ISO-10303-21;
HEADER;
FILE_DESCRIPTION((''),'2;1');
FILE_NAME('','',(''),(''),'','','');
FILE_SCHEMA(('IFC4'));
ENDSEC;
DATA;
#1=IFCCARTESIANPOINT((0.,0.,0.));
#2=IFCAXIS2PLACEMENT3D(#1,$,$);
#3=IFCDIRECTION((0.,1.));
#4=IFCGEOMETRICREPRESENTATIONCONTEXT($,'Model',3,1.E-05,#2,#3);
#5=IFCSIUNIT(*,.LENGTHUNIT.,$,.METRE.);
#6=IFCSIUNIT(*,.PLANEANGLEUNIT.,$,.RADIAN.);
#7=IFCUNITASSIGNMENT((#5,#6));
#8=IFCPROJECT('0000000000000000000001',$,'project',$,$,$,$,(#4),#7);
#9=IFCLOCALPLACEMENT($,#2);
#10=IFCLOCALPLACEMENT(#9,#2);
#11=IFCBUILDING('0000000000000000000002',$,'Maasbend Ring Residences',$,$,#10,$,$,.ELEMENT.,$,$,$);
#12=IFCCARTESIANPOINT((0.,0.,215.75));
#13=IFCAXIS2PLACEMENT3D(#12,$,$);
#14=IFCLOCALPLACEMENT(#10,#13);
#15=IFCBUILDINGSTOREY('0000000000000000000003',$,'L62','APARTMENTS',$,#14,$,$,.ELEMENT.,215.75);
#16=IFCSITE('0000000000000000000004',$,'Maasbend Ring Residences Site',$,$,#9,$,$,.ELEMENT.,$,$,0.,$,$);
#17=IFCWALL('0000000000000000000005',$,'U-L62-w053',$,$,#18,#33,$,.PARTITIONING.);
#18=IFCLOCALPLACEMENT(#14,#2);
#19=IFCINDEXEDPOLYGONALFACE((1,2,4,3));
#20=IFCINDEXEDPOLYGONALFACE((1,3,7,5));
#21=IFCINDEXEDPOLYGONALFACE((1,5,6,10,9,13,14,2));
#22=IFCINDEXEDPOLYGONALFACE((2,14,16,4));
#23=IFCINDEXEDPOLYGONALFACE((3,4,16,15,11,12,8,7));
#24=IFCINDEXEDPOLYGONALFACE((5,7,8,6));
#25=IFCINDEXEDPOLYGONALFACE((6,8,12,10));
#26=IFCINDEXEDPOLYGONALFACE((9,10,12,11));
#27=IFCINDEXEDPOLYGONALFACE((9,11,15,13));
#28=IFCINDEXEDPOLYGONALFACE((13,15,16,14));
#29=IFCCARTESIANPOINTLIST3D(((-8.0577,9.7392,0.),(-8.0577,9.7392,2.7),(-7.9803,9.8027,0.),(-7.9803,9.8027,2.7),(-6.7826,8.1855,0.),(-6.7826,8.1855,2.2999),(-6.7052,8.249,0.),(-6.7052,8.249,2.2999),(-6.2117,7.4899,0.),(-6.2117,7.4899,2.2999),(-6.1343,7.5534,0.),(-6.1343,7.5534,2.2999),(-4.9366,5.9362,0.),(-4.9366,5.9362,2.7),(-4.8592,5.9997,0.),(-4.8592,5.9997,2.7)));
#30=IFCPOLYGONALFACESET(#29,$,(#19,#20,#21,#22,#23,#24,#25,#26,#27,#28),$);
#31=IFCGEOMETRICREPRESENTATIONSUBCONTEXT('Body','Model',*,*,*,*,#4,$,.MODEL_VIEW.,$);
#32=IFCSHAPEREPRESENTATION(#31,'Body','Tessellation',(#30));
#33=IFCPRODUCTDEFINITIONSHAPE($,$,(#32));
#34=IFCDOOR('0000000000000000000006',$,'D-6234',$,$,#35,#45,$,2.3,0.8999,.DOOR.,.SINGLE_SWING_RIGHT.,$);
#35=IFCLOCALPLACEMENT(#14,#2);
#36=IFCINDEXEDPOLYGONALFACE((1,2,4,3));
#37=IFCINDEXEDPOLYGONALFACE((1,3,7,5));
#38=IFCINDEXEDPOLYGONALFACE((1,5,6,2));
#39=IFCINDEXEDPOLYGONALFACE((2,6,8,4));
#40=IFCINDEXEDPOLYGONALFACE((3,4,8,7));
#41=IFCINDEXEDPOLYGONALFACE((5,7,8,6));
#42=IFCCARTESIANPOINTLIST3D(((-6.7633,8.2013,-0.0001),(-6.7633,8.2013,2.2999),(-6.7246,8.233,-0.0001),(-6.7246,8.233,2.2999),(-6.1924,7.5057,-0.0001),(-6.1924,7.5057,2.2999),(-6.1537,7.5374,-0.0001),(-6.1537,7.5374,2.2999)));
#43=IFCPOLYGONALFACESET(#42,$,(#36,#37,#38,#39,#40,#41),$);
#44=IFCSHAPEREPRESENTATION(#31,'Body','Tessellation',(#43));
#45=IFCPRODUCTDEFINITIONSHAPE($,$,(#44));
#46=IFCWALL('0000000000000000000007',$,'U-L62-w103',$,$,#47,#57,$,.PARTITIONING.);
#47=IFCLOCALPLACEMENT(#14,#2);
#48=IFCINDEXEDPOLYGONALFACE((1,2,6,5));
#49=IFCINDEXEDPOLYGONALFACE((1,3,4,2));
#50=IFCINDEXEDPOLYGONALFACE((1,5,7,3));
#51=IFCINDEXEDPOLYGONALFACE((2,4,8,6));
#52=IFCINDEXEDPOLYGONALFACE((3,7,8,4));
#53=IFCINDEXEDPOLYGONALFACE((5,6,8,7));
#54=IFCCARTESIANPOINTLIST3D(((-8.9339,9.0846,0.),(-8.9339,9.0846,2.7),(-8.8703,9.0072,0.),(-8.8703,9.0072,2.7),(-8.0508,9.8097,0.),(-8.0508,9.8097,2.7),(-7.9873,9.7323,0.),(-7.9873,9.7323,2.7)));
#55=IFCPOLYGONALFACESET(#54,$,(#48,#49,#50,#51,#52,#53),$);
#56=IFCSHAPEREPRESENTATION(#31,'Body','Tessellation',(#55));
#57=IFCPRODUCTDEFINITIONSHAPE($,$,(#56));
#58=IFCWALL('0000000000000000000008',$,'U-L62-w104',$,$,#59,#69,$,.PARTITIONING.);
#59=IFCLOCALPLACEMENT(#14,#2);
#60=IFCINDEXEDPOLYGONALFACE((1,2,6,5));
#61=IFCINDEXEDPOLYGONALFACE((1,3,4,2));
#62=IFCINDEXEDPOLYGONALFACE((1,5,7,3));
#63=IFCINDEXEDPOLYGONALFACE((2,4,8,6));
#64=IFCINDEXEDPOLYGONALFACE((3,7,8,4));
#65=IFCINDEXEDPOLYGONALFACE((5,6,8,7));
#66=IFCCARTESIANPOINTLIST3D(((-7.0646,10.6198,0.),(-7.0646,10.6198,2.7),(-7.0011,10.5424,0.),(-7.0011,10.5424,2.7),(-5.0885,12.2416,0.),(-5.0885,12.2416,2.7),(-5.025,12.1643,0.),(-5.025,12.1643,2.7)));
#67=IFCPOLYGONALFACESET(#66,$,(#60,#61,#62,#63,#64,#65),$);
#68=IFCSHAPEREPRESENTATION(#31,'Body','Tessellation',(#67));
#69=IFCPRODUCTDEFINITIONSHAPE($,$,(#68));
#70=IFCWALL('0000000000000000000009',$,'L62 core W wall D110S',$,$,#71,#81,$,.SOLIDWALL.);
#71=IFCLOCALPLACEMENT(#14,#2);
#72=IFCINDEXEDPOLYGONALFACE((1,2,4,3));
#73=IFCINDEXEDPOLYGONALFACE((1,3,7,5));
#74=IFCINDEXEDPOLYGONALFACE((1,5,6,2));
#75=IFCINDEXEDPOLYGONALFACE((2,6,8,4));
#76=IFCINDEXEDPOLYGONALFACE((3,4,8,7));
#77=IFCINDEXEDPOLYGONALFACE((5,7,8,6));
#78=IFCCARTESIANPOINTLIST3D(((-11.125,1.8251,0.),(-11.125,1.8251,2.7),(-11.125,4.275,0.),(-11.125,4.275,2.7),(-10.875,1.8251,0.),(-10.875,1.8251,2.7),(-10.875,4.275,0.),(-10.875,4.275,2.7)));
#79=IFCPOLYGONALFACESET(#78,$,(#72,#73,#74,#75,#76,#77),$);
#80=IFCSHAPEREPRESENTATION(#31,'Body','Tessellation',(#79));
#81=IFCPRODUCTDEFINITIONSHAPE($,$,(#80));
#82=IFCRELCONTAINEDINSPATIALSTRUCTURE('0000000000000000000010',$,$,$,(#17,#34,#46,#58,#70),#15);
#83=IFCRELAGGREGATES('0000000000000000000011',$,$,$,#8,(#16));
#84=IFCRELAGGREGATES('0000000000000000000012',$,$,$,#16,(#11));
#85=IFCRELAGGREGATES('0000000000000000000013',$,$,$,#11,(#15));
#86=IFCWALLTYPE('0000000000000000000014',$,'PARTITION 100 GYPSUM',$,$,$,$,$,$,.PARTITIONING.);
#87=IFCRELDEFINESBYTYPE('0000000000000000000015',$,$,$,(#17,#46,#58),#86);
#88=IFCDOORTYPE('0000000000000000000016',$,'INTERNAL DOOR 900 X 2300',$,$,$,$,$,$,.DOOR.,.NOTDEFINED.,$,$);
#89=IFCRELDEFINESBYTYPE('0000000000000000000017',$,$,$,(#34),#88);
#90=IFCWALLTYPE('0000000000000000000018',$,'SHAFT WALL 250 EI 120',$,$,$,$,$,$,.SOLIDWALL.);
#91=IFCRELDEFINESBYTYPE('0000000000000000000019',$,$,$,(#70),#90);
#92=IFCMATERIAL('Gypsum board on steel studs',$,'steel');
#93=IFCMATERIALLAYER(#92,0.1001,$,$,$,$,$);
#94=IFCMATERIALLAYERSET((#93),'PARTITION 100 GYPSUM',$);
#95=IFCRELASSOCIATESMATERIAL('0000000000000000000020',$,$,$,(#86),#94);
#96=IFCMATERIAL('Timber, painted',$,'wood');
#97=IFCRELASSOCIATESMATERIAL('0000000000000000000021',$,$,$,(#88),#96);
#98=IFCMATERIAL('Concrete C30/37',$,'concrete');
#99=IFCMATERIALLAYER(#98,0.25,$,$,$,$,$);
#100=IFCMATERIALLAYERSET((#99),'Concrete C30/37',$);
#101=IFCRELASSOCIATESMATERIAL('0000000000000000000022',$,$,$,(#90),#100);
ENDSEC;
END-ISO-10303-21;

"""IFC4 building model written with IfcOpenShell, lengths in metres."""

from ifc_helpers import new_model, si_unit, direction, frame, frame_2d, origin, place, context, subcontext, project, spatial, rectangle, extrude, material, layer, layer_set, type_object, element, fill, save


model = new_model("IFC4")

# Units and contexts
model_context = context("Model", 3, precision=1e-05, world=origin(), true_north=direction((0.0, 1.0)))
body_context = subcontext(model_context, "Body", "Model", "MODEL_VIEW")
ifc_project = project(units=[si_unit("LENGTHUNIT", "METRE"), si_unit("PLANEANGLEUNIT", "RADIAN")], contexts=[model_context])

# Site, building, storey
site_placement = place(None, origin())
site = spatial("IfcSite", under=ifc_project, at=site_placement, Name="Maasbend Ring Residences Site", CompositionType="ELEMENT", RefElevation=0.0)
building_placement = place(site_placement, origin())
building = spatial("IfcBuilding", under=site, at=building_placement, Name="Maasbend Ring Residences", CompositionType="ELEMENT")
storey_placement = place(building_placement, frame((0.0, 0.0, 215.75)))
storey = spatial("IfcBuildingStorey", under=building, at=storey_placement, Name="L62", Description="APARTMENTS", CompositionType="ELEMENT", Elevation=215.75)

# Wall, opening, door
ifc_material_1 = material(Name="Gypsum board on steel studs", Category="steel")
ifc_layer_1 = layer(ifc_material_1, 0.1001)
ifc_layer_set_1 = layer_set([ifc_layer_1], Name="PARTITION 100 GYPSUM")
wall_type_1 = type_object("IfcWallType", Name="PARTITION 100 GYPSUM", PredefinedType="PARTITIONING", material=ifc_layer_set_1)
wall_1_placement = place(storey_placement, frame((-8.019, 9.771, 0.0), z_axis=(0.0, 0.0, 1.0), x_axis=(0.634402, -0.773003, 0.0)))
wall_1 = element("IfcWall", 1, at=wall_1_placement, inside=storey, type_object=wall_type_1, Name="U-L62-w053", PredefinedType="PARTITIONING", context=body_context, shape_type="SweptSolid", body=[
    extrude(rectangle(XDim=4.9197, YDim=0.1001, at=frame_2d((2.46, 0.0))), origin(), (0.0, 0.0, 1.0), 2.7),
])
opening_1_placement = place(wall_1_placement, frame((2.01, 0.0, 0.0)))
opening_1 = element("IfcOpeningElement", 2, at=opening_1_placement, cuts=wall_1, PredefinedType="OPENING", context=body_context, shape_type="SweptSolid", body=[
    extrude(rectangle(XDim=0.8999, YDim=2.3, at=frame_2d((0.45, 1.1499))), frame((0.0, 0.0601, 0.0), z_axis=(0.0, -1.0, 0.0), x_axis=(1.0, 0.0, 0.0)), (0.0, 0.0, 1.0), 0.1201),
])
ifc_material_2 = material(Name="Timber, painted", Category="wood")
door_type_1 = type_object("IfcDoorType", Name="INTERNAL DOOR 900 X 2300", OperationType="NOTDEFINED", PredefinedType="DOOR", material=ifc_material_2)
door_1_placement = place(opening_1_placement, origin())
door_1 = element("IfcDoor", 3, at=door_1_placement, inside=storey, type_object=door_type_1, Name="D-6234", OperationType="SINGLE_SWING_RIGHT", OverallHeight=2.3, OverallWidth=0.8999, PredefinedType="DOOR", context=body_context, shape_type="SweptSolid", body=[
    extrude(rectangle(XDim=0.8999, YDim=2.3, at=frame_2d((0.45, 1.1499))), frame((0.0, 0.0249, 0.0), z_axis=(0.0, -1.0, 0.0), x_axis=(1.0, 0.0, 0.0)), (0.0, 0.0, 1.0), 0.05),
])
fill(opening_1, door_1)

# Walls
wall_2_placement = place(storey_placement, frame((-8.9021, 9.0459, 0.0), z_axis=(0.0, 0.0, 1.0), x_axis=(0.772842, 0.634598, 0.0)))
element("IfcWall", 4, at=wall_2_placement, inside=storey, type_object=wall_type_1, Name="U-L62-w103", PredefinedType="PARTITIONING", context=body_context, shape_type="SweptSolid", body=[
    extrude(rectangle(XDim=1.1426, YDim=0.1001, at=frame_2d((0.5713, 0.0))), origin(), (0.0, 0.0, 1.0), 2.7),
])
wall_3_placement = place(storey_placement, frame((-7.033, 10.5811, 0.0), z_axis=(0.0, 0.0, 1.0), x_axis=(0.772991, 0.634418, 0.0)))
element("IfcWall", 5, at=wall_3_placement, inside=storey, type_object=wall_type_1, Name="U-L62-w104", PredefinedType="PARTITIONING", context=body_context, shape_type="SweptSolid", body=[
    extrude(rectangle(XDim=2.5564, YDim=0.1001, at=frame_2d((1.2783, 0.0))), origin(), (0.0, 0.0, 1.0), 2.7),
])
ifc_material_3 = material(Name="Concrete C30/37", Category="concrete")
ifc_layer_2 = layer(ifc_material_3, 0.25)
ifc_layer_set_2 = layer_set([ifc_layer_2], Name="Concrete C30/37")
wall_type_2 = type_object("IfcWallType", Name="SHAFT WALL 250 EI 120", PredefinedType="SOLIDWALL", material=ifc_layer_set_2)
wall_4_placement = place(storey_placement, frame((-11.0, 1.825, 0.0), z_axis=(0.0, 0.0, 1.0), x_axis=(0.0, 1.0, 0.0)))
element("IfcWall", 6, at=wall_4_placement, inside=storey, type_object=wall_type_2, Name="L62 core W wall D110S", PredefinedType="SOLIDWALL", context=body_context, shape_type="SweptSolid", body=[
    extrude(rectangle(XDim=2.45, YDim=0.25, at=frame_2d((1.2251, 0.0))), origin(), (0.0, 0.0, 1.0), 2.7),
])

save(model, "model.ifc")
